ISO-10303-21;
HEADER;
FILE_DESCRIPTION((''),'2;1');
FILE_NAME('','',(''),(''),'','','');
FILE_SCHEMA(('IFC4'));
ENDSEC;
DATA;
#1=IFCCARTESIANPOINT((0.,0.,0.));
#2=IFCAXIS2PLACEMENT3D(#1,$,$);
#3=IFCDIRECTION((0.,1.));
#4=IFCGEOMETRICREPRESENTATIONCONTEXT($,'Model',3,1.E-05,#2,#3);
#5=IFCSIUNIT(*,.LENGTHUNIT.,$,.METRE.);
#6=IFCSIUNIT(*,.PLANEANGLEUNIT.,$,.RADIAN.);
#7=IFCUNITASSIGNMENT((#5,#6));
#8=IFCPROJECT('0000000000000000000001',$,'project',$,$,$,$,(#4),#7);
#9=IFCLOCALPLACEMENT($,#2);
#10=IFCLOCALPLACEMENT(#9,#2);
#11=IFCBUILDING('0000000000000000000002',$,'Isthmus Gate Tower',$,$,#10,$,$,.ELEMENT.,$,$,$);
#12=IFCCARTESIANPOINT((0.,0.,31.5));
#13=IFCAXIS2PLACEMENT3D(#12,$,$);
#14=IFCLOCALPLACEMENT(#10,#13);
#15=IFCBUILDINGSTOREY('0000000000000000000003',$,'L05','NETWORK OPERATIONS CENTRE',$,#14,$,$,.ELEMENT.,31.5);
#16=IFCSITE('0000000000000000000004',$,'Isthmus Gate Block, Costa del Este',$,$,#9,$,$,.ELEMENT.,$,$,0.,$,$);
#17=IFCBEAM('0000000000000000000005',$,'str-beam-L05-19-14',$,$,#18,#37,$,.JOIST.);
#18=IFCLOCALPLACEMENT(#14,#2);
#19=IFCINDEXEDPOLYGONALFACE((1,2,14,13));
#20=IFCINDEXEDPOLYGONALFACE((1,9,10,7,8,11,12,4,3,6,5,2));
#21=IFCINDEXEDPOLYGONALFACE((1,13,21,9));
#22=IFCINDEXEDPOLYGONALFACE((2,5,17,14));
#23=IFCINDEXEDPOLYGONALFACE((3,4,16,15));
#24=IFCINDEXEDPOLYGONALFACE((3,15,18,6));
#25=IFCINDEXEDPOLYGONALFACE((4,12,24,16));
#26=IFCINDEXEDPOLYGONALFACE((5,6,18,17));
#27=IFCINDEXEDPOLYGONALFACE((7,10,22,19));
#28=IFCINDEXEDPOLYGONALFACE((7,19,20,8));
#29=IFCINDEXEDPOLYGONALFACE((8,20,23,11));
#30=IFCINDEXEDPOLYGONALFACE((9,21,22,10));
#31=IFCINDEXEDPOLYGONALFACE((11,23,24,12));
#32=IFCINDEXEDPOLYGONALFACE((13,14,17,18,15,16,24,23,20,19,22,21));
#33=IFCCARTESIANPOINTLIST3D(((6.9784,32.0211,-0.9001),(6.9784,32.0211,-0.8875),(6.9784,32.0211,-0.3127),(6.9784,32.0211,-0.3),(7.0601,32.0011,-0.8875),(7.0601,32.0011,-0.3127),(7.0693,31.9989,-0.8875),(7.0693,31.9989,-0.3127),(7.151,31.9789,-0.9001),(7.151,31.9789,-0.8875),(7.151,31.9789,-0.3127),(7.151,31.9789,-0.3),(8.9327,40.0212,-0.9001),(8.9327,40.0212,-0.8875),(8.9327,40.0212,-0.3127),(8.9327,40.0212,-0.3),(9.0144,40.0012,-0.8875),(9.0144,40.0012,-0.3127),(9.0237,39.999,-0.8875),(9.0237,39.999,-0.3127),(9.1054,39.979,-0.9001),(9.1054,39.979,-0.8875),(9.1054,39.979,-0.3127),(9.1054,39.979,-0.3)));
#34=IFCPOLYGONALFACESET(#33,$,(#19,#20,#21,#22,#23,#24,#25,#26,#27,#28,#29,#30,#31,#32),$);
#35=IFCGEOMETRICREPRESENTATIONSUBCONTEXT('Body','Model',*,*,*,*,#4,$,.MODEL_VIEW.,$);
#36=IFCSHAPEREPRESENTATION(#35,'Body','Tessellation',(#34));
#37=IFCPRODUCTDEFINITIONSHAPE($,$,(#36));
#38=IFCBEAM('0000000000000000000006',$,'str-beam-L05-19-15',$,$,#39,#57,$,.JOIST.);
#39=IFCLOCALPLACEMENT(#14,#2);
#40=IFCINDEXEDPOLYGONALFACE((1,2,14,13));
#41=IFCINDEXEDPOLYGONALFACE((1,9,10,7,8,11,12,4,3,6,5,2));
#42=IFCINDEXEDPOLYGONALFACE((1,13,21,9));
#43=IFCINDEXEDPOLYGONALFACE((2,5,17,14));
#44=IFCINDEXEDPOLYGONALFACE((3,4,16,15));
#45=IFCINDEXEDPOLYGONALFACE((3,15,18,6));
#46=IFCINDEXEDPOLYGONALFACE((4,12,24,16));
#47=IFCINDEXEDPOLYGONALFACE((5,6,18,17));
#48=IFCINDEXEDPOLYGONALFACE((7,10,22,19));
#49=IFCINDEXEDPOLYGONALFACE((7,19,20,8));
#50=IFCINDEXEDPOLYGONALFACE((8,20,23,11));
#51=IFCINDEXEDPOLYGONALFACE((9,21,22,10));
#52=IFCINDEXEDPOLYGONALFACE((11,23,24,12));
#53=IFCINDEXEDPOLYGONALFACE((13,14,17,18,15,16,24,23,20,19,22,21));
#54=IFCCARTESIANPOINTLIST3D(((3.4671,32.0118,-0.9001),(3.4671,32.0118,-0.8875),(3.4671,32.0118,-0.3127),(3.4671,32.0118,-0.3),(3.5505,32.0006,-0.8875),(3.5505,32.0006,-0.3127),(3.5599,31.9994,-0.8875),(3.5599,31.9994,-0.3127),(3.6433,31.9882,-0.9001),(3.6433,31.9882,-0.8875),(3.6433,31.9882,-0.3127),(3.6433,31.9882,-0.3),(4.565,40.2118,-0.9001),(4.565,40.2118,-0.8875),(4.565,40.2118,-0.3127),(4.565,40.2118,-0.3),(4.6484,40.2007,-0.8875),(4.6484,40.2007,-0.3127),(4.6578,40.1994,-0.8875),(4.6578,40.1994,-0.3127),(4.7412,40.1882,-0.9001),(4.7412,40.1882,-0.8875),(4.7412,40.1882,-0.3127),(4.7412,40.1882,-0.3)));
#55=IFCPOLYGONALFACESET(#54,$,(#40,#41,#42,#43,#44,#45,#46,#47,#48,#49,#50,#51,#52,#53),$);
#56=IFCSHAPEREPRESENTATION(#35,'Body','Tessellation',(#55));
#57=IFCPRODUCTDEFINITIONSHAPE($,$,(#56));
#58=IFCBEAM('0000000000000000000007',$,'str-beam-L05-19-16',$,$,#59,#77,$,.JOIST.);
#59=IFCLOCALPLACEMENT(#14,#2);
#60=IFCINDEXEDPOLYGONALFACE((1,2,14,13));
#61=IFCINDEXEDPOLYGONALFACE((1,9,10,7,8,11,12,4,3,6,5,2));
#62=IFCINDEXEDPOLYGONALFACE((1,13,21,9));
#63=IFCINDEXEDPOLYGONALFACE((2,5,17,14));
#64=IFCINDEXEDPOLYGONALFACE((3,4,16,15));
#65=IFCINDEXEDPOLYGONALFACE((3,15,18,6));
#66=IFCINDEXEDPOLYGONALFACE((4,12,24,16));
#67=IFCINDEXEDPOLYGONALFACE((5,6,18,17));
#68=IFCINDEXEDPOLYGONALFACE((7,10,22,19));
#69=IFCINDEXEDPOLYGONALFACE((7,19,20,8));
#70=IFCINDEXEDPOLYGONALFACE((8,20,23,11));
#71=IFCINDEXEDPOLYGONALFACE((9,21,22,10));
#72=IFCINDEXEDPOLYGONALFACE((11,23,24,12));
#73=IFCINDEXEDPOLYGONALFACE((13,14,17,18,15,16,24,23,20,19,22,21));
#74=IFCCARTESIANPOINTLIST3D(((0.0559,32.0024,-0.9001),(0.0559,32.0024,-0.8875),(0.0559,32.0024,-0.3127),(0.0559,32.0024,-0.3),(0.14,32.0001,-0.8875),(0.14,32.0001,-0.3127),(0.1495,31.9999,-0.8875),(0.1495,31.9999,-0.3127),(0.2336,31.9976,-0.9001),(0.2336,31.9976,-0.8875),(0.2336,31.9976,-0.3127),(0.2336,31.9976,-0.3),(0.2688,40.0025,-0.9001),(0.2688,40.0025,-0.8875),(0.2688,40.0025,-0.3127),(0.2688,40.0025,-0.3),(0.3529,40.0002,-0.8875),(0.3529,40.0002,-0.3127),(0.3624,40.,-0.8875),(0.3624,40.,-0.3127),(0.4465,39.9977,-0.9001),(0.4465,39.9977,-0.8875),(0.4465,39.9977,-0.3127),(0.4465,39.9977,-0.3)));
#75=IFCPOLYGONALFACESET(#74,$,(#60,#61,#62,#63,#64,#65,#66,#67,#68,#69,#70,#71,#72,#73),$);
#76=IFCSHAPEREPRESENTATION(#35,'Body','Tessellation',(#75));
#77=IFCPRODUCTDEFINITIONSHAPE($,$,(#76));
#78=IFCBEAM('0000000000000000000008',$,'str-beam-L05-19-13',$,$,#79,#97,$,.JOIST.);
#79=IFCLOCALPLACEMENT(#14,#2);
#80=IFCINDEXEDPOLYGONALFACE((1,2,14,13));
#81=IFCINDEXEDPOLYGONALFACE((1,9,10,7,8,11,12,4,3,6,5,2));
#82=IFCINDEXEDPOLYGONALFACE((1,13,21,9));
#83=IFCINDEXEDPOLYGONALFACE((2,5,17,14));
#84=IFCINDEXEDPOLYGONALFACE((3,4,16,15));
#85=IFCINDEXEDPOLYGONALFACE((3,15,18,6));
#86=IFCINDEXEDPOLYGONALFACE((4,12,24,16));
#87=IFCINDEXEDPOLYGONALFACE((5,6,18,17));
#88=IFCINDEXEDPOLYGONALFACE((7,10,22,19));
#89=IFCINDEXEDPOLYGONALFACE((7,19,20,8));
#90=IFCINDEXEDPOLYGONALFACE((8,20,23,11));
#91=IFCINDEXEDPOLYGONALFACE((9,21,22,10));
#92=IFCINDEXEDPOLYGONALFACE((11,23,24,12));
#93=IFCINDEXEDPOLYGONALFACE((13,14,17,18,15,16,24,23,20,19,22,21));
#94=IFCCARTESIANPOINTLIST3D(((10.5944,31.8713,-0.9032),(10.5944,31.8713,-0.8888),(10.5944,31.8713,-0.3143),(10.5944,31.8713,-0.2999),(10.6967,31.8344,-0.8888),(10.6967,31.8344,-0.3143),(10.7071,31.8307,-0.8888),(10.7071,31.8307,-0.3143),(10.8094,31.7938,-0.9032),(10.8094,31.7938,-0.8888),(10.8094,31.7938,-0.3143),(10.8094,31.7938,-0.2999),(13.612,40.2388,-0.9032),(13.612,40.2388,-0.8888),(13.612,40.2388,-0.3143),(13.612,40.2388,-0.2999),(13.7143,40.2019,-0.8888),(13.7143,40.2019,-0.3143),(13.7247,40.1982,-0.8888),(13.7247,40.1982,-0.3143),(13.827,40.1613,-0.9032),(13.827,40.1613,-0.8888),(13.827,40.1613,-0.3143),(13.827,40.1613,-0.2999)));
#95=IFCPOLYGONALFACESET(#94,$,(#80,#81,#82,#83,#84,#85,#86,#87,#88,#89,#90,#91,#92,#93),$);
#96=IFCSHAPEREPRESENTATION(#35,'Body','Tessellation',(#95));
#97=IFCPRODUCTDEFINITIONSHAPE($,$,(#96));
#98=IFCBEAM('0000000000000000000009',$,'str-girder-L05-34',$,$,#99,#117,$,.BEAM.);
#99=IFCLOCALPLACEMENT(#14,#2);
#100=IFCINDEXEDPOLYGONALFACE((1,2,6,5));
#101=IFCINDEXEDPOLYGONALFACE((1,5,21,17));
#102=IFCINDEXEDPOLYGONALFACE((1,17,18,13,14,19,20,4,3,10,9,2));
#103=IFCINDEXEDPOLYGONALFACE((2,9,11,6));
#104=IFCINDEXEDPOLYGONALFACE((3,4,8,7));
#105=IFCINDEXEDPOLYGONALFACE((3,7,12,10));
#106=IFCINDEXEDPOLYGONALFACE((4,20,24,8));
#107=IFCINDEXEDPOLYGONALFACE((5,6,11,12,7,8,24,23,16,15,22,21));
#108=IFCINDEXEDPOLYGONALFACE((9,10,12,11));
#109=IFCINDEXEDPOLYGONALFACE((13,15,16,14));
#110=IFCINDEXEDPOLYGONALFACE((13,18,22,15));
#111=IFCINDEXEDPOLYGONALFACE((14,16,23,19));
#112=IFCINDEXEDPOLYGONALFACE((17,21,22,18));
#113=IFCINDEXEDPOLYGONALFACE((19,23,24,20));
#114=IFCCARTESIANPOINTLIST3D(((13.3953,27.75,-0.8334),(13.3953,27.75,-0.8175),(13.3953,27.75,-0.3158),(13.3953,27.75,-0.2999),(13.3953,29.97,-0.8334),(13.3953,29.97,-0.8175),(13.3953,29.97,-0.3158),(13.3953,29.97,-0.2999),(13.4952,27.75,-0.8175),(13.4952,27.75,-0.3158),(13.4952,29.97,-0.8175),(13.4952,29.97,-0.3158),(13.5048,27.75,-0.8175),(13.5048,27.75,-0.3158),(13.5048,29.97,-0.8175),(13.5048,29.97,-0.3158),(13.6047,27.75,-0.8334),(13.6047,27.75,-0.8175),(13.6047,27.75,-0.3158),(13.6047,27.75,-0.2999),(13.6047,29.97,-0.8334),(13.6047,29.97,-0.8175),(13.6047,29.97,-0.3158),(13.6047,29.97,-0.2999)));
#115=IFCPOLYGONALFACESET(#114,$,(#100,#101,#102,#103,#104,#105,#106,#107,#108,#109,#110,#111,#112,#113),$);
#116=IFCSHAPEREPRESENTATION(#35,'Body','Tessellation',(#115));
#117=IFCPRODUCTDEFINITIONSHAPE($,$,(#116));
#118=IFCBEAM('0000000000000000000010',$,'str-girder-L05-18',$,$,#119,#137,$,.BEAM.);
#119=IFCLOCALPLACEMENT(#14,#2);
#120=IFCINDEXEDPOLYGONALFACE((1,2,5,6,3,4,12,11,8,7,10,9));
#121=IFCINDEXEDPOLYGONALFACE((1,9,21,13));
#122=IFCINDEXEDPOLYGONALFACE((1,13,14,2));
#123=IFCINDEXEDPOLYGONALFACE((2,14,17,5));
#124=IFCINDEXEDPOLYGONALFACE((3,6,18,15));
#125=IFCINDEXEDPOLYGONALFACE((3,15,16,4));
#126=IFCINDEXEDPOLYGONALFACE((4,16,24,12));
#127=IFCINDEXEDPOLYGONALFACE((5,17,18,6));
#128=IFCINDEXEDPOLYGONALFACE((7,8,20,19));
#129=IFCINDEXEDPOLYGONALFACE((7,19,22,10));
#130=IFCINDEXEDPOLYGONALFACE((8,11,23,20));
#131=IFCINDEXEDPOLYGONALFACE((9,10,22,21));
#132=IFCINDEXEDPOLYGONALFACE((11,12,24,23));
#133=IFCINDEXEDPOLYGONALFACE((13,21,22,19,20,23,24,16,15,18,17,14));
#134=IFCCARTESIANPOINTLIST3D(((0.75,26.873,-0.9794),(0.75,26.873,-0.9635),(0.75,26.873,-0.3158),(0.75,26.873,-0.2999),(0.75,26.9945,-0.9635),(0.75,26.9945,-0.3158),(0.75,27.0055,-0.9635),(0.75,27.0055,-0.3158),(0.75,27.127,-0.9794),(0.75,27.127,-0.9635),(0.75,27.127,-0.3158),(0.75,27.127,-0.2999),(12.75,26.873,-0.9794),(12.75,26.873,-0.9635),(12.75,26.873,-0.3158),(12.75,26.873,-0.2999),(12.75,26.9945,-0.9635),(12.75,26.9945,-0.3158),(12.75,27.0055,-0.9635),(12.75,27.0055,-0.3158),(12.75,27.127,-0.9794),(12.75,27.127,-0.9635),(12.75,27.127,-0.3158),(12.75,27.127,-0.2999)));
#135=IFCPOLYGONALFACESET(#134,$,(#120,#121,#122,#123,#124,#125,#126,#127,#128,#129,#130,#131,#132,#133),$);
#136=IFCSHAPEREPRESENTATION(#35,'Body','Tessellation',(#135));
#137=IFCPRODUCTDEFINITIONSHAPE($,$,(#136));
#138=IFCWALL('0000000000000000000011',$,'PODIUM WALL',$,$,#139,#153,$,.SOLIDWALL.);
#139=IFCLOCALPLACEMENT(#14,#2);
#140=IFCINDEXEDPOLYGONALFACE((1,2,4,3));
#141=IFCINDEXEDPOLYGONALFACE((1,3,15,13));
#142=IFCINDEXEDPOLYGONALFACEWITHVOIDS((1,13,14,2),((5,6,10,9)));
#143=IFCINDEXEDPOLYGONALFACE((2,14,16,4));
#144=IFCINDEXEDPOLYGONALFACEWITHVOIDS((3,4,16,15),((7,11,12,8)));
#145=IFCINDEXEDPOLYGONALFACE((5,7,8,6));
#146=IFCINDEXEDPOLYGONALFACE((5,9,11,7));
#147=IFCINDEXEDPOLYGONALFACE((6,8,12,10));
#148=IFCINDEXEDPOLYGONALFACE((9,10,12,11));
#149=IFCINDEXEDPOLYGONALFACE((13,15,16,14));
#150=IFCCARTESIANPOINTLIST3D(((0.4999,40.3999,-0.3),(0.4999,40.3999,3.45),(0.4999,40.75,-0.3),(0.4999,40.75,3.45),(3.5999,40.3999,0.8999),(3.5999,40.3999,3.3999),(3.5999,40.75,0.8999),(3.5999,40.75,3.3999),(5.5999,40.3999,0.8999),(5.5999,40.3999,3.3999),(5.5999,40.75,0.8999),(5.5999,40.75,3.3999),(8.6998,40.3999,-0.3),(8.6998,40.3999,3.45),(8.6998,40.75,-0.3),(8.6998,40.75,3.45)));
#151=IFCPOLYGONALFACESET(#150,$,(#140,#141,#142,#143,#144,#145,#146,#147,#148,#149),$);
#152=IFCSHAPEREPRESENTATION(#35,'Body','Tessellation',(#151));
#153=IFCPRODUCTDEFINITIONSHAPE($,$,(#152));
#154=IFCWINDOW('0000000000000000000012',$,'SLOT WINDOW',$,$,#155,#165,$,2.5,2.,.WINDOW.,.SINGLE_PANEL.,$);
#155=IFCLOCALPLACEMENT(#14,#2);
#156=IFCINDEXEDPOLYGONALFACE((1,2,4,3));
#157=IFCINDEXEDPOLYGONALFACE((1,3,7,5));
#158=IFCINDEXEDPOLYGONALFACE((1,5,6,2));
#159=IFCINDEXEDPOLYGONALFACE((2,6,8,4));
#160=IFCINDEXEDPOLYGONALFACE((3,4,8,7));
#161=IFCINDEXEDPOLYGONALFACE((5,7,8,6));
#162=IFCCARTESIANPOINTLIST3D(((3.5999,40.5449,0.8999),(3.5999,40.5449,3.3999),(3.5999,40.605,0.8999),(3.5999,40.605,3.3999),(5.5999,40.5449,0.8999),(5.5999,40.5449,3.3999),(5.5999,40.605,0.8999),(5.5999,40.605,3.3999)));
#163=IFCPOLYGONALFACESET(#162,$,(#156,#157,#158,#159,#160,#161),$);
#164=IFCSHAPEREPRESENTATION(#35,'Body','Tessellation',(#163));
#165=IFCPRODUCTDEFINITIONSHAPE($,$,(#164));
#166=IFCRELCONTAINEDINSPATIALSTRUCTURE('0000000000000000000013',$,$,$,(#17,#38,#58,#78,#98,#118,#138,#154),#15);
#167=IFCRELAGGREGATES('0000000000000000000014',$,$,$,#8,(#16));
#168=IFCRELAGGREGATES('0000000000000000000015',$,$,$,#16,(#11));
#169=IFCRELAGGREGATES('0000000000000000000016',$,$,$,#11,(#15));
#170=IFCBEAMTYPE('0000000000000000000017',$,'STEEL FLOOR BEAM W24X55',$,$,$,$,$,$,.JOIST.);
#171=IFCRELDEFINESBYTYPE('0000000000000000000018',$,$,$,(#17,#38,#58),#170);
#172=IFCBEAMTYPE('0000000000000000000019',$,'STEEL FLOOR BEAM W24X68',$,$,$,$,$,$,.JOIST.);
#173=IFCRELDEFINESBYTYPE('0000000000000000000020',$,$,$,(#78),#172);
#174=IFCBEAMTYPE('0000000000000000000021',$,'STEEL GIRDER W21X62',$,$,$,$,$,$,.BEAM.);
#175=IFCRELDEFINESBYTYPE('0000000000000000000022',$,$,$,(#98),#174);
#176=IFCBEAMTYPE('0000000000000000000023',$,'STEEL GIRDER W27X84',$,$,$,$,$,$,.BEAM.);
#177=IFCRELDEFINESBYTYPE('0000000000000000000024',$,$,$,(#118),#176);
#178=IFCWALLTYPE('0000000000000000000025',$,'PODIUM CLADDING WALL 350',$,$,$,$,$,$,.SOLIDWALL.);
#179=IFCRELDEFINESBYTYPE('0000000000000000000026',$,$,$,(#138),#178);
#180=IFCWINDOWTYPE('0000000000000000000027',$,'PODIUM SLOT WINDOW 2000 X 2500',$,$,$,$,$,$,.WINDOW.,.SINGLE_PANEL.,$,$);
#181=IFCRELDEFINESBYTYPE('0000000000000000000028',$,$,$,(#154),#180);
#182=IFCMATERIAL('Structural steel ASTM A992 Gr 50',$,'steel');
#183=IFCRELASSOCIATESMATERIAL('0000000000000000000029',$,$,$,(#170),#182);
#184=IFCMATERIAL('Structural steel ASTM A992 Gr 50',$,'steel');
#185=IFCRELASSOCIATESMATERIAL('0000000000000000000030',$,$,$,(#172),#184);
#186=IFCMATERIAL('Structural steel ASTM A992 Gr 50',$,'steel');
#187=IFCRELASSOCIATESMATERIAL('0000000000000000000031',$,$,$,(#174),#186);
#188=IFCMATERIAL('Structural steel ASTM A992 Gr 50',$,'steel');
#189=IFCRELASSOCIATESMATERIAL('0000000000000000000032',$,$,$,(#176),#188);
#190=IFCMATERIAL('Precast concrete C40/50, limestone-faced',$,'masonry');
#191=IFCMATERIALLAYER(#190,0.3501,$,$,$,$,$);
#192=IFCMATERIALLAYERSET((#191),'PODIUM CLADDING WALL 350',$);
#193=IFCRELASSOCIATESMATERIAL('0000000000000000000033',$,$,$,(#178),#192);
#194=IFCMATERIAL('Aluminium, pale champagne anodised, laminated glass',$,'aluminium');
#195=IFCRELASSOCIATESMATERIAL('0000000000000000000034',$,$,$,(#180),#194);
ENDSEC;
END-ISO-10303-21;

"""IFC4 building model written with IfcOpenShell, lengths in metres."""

from ifc_helpers import new_model, si_unit, direction, frame, frame_2d, origin, origin_2d, place, context, subcontext, project, spatial, rectangle, i_section, extrude, material, layer, layer_set, material_profile, profile_set, type_object, element, fill, save


model = new_model("IFC4")

# Units and contexts
model_context = context("Model", 3, precision=1e-05, world=origin(), true_north=direction((0.0, 1.0)))
body_context = subcontext(model_context, "Body", "Model", "MODEL_VIEW")
ifc_project = project(units=[si_unit("LENGTHUNIT", "METRE"), si_unit("PLANEANGLEUNIT", "RADIAN")], contexts=[model_context])

# Site, building, storey
site_placement = place(None, origin())
site = spatial("IfcSite", under=ifc_project, at=site_placement, Name="Isthmus Gate Block, Costa del Este", CompositionType="ELEMENT", RefElevation=0.0)
building_placement = place(site_placement, origin())
building = spatial("IfcBuilding", under=site, at=building_placement, Name="Isthmus Gate Tower", CompositionType="ELEMENT")
storey_placement = place(building_placement, frame((0.0, 0.0, 31.5)))
storey = spatial("IfcBuildingStorey", under=building, at=storey_placement, Name="L05", Description="NETWORK OPERATIONS CENTRE", CompositionType="ELEMENT", Elevation=31.5)

# Beams
ifc_material_1 = material(Name="Structural steel ASTM A992 Gr 50", Category="steel")
ifc_material_profile_1 = material_profile(ifc_material_1, i_section(OverallWidth=0.1777, OverallDepth=0.6001, WebThickness=0.0095, FlangeThickness=0.0127, at=origin_2d()), Name="W24X55")
ifc_profile_set_1 = profile_set([ifc_material_profile_1], Name="Structural steel ASTM A992 Gr 50")
beam_type_1 = type_object("IfcBeamType", Name="STEEL FLOOR BEAM W24X55", PredefinedType="JOIST", material=ifc_profile_set_1)
beam_1_placement = place(storey_placement, frame((7.0647, 32.0, -0.6001), z_axis=(0.237314, 0.971433, 0.0), x_axis=(-0.971433, 0.237314, 0.0)))
element("IfcBeam", 1, at=beam_1_placement, inside=storey, type_object=beam_type_1, Name="str-beam-L05-19-14", PredefinedType="JOIST", context=body_context, shape_type="SweptSolid", body=[
    extrude(i_section(OverallWidth=0.1777, OverallDepth=0.6001, WebThickness=0.0095, FlangeThickness=0.0127, at=origin_2d()), origin(), (0.0, 0.0, 1.0), 8.2354),
])
beam_2_placement = place(storey_placement, frame((3.5552, 32.0, -0.6001), z_axis=(0.132707, 0.991155, 0.0), x_axis=(-0.991155, 0.132707, 0.0)))
element("IfcBeam", 2, at=beam_2_placement, inside=storey, type_object=beam_type_1, Name="str-beam-L05-19-15", PredefinedType="JOIST", context=body_context, shape_type="SweptSolid", body=[
    extrude(i_section(OverallWidth=0.1777, OverallDepth=0.6001, WebThickness=0.0095, FlangeThickness=0.0127, at=origin_2d()), origin(), (0.0, 0.0, 1.0), 8.2732),
])
beam_3_placement = place(storey_placement, frame((0.1448, 32.0, -0.6001), z_axis=(0.026602, 0.999646, 0.0), x_axis=(-0.999646, 0.026602, 0.0)))
element("IfcBeam", 3, at=beam_3_placement, inside=storey, type_object=beam_type_1, Name="str-beam-L05-19-16", PredefinedType="JOIST", context=body_context, shape_type="SweptSolid", body=[
    extrude(i_section(OverallWidth=0.1777, OverallDepth=0.6001, WebThickness=0.0095, FlangeThickness=0.0127, at=origin_2d()), origin(), (0.0, 0.0, 1.0), 8.0029),
])
ifc_material_2 = material(Name="Structural steel ASTM A992 Gr 50", Category="steel")
ifc_material_profile_2 = material_profile(ifc_material_2, i_section(OverallWidth=0.2285, OverallDepth=0.6033, WebThickness=0.011, FlangeThickness=0.0144, at=origin_2d()), Name="W24X68")
ifc_profile_set_2 = profile_set([ifc_material_profile_2], Name="Structural steel ASTM A992 Gr 50")
beam_type_2 = type_object("IfcBeamType", Name="STEEL FLOOR BEAM W24X68", PredefinedType="JOIST", material=ifc_profile_set_2)
beam_4_placement = place(storey_placement, frame((10.7019, 31.8325, -0.6016), z_axis=(0.339247, 0.940697, 0.0), x_axis=(-0.940697, 0.339247, 0.0)))
element("IfcBeam", 4, at=beam_4_placement, inside=storey, type_object=beam_type_2, Name="str-beam-L05-19-13", PredefinedType="JOIST", context=body_context, shape_type="SweptSolid", body=[
    extrude(i_section(OverallWidth=0.2285, OverallDepth=0.6033, WebThickness=0.011, FlangeThickness=0.0144, at=origin_2d()), origin(), (0.0, 0.0, 1.0), 8.895),
])
ifc_material_3 = material(Name="Structural steel ASTM A992 Gr 50", Category="steel")
ifc_material_profile_3 = material_profile(ifc_material_3, i_section(OverallWidth=0.2095, OverallDepth=0.5334, WebThickness=0.0095, FlangeThickness=0.0159, at=origin_2d()), Name="W21X62")
ifc_profile_set_3 = profile_set([ifc_material_profile_3], Name="Structural steel ASTM A992 Gr 50")
beam_type_3 = type_object("IfcBeamType", Name="STEEL GIRDER W21X62", PredefinedType="BEAM", material=ifc_profile_set_3)
beam_5_placement = place(storey_placement, frame((13.5, 27.75, -0.5667), z_axis=(0.0, 1.0, 0.0), x_axis=(-1.0, 0.0, 0.0)))
element("IfcBeam", 5, at=beam_5_placement, inside=storey, type_object=beam_type_3, Name="str-girder-L05-34", PredefinedType="BEAM", context=body_context, shape_type="SweptSolid", body=[
    extrude(i_section(OverallWidth=0.2095, OverallDepth=0.5334, WebThickness=0.0095, FlangeThickness=0.0159, at=origin_2d()), origin(), (0.0, 0.0, 1.0), 2.22),
])
ifc_material_4 = material(Name="Structural steel ASTM A992 Gr 50", Category="steel")
ifc_material_profile_4 = material_profile(ifc_material_4, i_section(OverallWidth=0.2539, OverallDepth=0.6794, WebThickness=0.011, FlangeThickness=0.0159, at=origin_2d()), Name="W27X84")
ifc_profile_set_4 = profile_set([ifc_material_profile_4], Name="Structural steel ASTM A992 Gr 50")
beam_type_4 = type_object("IfcBeamType", Name="STEEL GIRDER W27X84", PredefinedType="BEAM", material=ifc_profile_set_4)
beam_6_placement = place(storey_placement, frame((0.75, 27.0, -0.6396), z_axis=(1.0, 0.0, 0.0), x_axis=(0.0, 1.0, 0.0)))
element("IfcBeam", 6, at=beam_6_placement, inside=storey, type_object=beam_type_4, Name="str-girder-L05-18", PredefinedType="BEAM", context=body_context, shape_type="SweptSolid", body=[
    extrude(i_section(OverallWidth=0.2539, OverallDepth=0.6794, WebThickness=0.011, FlangeThickness=0.0159, at=origin_2d()), origin(), (0.0, 0.0, 1.0), 12.0),
])

# Wall, opening, window
ifc_material_5 = material(Name="Precast concrete C40/50, limestone-faced", Category="masonry")
ifc_layer_1 = layer(ifc_material_5, 0.3501)
ifc_layer_set_1 = layer_set([ifc_layer_1], Name="PODIUM CLADDING WALL 350")
wall_type_1 = type_object("IfcWallType", Name="PODIUM CLADDING WALL 350", PredefinedType="SOLIDWALL", material=ifc_layer_set_1)
wall_1_placement = place(storey_placement, frame((8.7, 40.575, -0.3), z_axis=(0.0, 0.0, 1.0), x_axis=(-1.0, 0.0, 0.0)))
wall_1 = element("IfcWall", 7, at=wall_1_placement, inside=storey, type_object=wall_type_1, Name="PODIUM WALL", PredefinedType="SOLIDWALL", context=body_context, shape_type="SweptSolid", body=[
    extrude(rectangle(XDim=8.2, YDim=0.3501, at=frame_2d((4.1001, 0.0))), origin(), (0.0, 0.0, 1.0), 3.75),
])
opening_placement = place(wall_1_placement, frame((3.1001, 0.0, 1.2)))
opening = element("IfcOpeningElement", 8, at=opening_placement, cuts=wall_1, PredefinedType="OPENING", context=body_context, shape_type="SweptSolid", body=[
    extrude(rectangle(XDim=2.0, YDim=2.5, at=frame_2d((1.0, 1.25))), frame((0.0, 0.1851, 0.0), z_axis=(0.0, -1.0, 0.0), x_axis=(1.0, 0.0, 0.0)), (0.0, 0.0, 1.0), 0.3701),
])
ifc_material_6 = material(Name="Aluminium, pale champagne anodised, laminated glass", Category="aluminium")
window_type = type_object("IfcWindowType", Name="PODIUM SLOT WINDOW 2000 X 2500", PartitioningType="SINGLE_PANEL", PredefinedType="WINDOW", material=ifc_material_6)
window_placement = place(opening_placement, origin())
window = element("IfcWindow", 9, at=window_placement, inside=storey, type_object=window_type, Name="SLOT WINDOW", OverallHeight=2.5, OverallWidth=2.0, PartitioningType="SINGLE_PANEL", PredefinedType="WINDOW", context=body_context, shape_type="SweptSolid", body=[
    extrude(rectangle(XDim=2.0, YDim=2.5, at=frame_2d((1.0, 1.25))), frame((0.0, 0.03, 0.0), z_axis=(0.0, -1.0, 0.0), x_axis=(1.0, 0.0, 0.0)), (0.0, 0.0, 1.0), 0.0601),
])
fill(opening, window)

save(model, "model.ifc")
